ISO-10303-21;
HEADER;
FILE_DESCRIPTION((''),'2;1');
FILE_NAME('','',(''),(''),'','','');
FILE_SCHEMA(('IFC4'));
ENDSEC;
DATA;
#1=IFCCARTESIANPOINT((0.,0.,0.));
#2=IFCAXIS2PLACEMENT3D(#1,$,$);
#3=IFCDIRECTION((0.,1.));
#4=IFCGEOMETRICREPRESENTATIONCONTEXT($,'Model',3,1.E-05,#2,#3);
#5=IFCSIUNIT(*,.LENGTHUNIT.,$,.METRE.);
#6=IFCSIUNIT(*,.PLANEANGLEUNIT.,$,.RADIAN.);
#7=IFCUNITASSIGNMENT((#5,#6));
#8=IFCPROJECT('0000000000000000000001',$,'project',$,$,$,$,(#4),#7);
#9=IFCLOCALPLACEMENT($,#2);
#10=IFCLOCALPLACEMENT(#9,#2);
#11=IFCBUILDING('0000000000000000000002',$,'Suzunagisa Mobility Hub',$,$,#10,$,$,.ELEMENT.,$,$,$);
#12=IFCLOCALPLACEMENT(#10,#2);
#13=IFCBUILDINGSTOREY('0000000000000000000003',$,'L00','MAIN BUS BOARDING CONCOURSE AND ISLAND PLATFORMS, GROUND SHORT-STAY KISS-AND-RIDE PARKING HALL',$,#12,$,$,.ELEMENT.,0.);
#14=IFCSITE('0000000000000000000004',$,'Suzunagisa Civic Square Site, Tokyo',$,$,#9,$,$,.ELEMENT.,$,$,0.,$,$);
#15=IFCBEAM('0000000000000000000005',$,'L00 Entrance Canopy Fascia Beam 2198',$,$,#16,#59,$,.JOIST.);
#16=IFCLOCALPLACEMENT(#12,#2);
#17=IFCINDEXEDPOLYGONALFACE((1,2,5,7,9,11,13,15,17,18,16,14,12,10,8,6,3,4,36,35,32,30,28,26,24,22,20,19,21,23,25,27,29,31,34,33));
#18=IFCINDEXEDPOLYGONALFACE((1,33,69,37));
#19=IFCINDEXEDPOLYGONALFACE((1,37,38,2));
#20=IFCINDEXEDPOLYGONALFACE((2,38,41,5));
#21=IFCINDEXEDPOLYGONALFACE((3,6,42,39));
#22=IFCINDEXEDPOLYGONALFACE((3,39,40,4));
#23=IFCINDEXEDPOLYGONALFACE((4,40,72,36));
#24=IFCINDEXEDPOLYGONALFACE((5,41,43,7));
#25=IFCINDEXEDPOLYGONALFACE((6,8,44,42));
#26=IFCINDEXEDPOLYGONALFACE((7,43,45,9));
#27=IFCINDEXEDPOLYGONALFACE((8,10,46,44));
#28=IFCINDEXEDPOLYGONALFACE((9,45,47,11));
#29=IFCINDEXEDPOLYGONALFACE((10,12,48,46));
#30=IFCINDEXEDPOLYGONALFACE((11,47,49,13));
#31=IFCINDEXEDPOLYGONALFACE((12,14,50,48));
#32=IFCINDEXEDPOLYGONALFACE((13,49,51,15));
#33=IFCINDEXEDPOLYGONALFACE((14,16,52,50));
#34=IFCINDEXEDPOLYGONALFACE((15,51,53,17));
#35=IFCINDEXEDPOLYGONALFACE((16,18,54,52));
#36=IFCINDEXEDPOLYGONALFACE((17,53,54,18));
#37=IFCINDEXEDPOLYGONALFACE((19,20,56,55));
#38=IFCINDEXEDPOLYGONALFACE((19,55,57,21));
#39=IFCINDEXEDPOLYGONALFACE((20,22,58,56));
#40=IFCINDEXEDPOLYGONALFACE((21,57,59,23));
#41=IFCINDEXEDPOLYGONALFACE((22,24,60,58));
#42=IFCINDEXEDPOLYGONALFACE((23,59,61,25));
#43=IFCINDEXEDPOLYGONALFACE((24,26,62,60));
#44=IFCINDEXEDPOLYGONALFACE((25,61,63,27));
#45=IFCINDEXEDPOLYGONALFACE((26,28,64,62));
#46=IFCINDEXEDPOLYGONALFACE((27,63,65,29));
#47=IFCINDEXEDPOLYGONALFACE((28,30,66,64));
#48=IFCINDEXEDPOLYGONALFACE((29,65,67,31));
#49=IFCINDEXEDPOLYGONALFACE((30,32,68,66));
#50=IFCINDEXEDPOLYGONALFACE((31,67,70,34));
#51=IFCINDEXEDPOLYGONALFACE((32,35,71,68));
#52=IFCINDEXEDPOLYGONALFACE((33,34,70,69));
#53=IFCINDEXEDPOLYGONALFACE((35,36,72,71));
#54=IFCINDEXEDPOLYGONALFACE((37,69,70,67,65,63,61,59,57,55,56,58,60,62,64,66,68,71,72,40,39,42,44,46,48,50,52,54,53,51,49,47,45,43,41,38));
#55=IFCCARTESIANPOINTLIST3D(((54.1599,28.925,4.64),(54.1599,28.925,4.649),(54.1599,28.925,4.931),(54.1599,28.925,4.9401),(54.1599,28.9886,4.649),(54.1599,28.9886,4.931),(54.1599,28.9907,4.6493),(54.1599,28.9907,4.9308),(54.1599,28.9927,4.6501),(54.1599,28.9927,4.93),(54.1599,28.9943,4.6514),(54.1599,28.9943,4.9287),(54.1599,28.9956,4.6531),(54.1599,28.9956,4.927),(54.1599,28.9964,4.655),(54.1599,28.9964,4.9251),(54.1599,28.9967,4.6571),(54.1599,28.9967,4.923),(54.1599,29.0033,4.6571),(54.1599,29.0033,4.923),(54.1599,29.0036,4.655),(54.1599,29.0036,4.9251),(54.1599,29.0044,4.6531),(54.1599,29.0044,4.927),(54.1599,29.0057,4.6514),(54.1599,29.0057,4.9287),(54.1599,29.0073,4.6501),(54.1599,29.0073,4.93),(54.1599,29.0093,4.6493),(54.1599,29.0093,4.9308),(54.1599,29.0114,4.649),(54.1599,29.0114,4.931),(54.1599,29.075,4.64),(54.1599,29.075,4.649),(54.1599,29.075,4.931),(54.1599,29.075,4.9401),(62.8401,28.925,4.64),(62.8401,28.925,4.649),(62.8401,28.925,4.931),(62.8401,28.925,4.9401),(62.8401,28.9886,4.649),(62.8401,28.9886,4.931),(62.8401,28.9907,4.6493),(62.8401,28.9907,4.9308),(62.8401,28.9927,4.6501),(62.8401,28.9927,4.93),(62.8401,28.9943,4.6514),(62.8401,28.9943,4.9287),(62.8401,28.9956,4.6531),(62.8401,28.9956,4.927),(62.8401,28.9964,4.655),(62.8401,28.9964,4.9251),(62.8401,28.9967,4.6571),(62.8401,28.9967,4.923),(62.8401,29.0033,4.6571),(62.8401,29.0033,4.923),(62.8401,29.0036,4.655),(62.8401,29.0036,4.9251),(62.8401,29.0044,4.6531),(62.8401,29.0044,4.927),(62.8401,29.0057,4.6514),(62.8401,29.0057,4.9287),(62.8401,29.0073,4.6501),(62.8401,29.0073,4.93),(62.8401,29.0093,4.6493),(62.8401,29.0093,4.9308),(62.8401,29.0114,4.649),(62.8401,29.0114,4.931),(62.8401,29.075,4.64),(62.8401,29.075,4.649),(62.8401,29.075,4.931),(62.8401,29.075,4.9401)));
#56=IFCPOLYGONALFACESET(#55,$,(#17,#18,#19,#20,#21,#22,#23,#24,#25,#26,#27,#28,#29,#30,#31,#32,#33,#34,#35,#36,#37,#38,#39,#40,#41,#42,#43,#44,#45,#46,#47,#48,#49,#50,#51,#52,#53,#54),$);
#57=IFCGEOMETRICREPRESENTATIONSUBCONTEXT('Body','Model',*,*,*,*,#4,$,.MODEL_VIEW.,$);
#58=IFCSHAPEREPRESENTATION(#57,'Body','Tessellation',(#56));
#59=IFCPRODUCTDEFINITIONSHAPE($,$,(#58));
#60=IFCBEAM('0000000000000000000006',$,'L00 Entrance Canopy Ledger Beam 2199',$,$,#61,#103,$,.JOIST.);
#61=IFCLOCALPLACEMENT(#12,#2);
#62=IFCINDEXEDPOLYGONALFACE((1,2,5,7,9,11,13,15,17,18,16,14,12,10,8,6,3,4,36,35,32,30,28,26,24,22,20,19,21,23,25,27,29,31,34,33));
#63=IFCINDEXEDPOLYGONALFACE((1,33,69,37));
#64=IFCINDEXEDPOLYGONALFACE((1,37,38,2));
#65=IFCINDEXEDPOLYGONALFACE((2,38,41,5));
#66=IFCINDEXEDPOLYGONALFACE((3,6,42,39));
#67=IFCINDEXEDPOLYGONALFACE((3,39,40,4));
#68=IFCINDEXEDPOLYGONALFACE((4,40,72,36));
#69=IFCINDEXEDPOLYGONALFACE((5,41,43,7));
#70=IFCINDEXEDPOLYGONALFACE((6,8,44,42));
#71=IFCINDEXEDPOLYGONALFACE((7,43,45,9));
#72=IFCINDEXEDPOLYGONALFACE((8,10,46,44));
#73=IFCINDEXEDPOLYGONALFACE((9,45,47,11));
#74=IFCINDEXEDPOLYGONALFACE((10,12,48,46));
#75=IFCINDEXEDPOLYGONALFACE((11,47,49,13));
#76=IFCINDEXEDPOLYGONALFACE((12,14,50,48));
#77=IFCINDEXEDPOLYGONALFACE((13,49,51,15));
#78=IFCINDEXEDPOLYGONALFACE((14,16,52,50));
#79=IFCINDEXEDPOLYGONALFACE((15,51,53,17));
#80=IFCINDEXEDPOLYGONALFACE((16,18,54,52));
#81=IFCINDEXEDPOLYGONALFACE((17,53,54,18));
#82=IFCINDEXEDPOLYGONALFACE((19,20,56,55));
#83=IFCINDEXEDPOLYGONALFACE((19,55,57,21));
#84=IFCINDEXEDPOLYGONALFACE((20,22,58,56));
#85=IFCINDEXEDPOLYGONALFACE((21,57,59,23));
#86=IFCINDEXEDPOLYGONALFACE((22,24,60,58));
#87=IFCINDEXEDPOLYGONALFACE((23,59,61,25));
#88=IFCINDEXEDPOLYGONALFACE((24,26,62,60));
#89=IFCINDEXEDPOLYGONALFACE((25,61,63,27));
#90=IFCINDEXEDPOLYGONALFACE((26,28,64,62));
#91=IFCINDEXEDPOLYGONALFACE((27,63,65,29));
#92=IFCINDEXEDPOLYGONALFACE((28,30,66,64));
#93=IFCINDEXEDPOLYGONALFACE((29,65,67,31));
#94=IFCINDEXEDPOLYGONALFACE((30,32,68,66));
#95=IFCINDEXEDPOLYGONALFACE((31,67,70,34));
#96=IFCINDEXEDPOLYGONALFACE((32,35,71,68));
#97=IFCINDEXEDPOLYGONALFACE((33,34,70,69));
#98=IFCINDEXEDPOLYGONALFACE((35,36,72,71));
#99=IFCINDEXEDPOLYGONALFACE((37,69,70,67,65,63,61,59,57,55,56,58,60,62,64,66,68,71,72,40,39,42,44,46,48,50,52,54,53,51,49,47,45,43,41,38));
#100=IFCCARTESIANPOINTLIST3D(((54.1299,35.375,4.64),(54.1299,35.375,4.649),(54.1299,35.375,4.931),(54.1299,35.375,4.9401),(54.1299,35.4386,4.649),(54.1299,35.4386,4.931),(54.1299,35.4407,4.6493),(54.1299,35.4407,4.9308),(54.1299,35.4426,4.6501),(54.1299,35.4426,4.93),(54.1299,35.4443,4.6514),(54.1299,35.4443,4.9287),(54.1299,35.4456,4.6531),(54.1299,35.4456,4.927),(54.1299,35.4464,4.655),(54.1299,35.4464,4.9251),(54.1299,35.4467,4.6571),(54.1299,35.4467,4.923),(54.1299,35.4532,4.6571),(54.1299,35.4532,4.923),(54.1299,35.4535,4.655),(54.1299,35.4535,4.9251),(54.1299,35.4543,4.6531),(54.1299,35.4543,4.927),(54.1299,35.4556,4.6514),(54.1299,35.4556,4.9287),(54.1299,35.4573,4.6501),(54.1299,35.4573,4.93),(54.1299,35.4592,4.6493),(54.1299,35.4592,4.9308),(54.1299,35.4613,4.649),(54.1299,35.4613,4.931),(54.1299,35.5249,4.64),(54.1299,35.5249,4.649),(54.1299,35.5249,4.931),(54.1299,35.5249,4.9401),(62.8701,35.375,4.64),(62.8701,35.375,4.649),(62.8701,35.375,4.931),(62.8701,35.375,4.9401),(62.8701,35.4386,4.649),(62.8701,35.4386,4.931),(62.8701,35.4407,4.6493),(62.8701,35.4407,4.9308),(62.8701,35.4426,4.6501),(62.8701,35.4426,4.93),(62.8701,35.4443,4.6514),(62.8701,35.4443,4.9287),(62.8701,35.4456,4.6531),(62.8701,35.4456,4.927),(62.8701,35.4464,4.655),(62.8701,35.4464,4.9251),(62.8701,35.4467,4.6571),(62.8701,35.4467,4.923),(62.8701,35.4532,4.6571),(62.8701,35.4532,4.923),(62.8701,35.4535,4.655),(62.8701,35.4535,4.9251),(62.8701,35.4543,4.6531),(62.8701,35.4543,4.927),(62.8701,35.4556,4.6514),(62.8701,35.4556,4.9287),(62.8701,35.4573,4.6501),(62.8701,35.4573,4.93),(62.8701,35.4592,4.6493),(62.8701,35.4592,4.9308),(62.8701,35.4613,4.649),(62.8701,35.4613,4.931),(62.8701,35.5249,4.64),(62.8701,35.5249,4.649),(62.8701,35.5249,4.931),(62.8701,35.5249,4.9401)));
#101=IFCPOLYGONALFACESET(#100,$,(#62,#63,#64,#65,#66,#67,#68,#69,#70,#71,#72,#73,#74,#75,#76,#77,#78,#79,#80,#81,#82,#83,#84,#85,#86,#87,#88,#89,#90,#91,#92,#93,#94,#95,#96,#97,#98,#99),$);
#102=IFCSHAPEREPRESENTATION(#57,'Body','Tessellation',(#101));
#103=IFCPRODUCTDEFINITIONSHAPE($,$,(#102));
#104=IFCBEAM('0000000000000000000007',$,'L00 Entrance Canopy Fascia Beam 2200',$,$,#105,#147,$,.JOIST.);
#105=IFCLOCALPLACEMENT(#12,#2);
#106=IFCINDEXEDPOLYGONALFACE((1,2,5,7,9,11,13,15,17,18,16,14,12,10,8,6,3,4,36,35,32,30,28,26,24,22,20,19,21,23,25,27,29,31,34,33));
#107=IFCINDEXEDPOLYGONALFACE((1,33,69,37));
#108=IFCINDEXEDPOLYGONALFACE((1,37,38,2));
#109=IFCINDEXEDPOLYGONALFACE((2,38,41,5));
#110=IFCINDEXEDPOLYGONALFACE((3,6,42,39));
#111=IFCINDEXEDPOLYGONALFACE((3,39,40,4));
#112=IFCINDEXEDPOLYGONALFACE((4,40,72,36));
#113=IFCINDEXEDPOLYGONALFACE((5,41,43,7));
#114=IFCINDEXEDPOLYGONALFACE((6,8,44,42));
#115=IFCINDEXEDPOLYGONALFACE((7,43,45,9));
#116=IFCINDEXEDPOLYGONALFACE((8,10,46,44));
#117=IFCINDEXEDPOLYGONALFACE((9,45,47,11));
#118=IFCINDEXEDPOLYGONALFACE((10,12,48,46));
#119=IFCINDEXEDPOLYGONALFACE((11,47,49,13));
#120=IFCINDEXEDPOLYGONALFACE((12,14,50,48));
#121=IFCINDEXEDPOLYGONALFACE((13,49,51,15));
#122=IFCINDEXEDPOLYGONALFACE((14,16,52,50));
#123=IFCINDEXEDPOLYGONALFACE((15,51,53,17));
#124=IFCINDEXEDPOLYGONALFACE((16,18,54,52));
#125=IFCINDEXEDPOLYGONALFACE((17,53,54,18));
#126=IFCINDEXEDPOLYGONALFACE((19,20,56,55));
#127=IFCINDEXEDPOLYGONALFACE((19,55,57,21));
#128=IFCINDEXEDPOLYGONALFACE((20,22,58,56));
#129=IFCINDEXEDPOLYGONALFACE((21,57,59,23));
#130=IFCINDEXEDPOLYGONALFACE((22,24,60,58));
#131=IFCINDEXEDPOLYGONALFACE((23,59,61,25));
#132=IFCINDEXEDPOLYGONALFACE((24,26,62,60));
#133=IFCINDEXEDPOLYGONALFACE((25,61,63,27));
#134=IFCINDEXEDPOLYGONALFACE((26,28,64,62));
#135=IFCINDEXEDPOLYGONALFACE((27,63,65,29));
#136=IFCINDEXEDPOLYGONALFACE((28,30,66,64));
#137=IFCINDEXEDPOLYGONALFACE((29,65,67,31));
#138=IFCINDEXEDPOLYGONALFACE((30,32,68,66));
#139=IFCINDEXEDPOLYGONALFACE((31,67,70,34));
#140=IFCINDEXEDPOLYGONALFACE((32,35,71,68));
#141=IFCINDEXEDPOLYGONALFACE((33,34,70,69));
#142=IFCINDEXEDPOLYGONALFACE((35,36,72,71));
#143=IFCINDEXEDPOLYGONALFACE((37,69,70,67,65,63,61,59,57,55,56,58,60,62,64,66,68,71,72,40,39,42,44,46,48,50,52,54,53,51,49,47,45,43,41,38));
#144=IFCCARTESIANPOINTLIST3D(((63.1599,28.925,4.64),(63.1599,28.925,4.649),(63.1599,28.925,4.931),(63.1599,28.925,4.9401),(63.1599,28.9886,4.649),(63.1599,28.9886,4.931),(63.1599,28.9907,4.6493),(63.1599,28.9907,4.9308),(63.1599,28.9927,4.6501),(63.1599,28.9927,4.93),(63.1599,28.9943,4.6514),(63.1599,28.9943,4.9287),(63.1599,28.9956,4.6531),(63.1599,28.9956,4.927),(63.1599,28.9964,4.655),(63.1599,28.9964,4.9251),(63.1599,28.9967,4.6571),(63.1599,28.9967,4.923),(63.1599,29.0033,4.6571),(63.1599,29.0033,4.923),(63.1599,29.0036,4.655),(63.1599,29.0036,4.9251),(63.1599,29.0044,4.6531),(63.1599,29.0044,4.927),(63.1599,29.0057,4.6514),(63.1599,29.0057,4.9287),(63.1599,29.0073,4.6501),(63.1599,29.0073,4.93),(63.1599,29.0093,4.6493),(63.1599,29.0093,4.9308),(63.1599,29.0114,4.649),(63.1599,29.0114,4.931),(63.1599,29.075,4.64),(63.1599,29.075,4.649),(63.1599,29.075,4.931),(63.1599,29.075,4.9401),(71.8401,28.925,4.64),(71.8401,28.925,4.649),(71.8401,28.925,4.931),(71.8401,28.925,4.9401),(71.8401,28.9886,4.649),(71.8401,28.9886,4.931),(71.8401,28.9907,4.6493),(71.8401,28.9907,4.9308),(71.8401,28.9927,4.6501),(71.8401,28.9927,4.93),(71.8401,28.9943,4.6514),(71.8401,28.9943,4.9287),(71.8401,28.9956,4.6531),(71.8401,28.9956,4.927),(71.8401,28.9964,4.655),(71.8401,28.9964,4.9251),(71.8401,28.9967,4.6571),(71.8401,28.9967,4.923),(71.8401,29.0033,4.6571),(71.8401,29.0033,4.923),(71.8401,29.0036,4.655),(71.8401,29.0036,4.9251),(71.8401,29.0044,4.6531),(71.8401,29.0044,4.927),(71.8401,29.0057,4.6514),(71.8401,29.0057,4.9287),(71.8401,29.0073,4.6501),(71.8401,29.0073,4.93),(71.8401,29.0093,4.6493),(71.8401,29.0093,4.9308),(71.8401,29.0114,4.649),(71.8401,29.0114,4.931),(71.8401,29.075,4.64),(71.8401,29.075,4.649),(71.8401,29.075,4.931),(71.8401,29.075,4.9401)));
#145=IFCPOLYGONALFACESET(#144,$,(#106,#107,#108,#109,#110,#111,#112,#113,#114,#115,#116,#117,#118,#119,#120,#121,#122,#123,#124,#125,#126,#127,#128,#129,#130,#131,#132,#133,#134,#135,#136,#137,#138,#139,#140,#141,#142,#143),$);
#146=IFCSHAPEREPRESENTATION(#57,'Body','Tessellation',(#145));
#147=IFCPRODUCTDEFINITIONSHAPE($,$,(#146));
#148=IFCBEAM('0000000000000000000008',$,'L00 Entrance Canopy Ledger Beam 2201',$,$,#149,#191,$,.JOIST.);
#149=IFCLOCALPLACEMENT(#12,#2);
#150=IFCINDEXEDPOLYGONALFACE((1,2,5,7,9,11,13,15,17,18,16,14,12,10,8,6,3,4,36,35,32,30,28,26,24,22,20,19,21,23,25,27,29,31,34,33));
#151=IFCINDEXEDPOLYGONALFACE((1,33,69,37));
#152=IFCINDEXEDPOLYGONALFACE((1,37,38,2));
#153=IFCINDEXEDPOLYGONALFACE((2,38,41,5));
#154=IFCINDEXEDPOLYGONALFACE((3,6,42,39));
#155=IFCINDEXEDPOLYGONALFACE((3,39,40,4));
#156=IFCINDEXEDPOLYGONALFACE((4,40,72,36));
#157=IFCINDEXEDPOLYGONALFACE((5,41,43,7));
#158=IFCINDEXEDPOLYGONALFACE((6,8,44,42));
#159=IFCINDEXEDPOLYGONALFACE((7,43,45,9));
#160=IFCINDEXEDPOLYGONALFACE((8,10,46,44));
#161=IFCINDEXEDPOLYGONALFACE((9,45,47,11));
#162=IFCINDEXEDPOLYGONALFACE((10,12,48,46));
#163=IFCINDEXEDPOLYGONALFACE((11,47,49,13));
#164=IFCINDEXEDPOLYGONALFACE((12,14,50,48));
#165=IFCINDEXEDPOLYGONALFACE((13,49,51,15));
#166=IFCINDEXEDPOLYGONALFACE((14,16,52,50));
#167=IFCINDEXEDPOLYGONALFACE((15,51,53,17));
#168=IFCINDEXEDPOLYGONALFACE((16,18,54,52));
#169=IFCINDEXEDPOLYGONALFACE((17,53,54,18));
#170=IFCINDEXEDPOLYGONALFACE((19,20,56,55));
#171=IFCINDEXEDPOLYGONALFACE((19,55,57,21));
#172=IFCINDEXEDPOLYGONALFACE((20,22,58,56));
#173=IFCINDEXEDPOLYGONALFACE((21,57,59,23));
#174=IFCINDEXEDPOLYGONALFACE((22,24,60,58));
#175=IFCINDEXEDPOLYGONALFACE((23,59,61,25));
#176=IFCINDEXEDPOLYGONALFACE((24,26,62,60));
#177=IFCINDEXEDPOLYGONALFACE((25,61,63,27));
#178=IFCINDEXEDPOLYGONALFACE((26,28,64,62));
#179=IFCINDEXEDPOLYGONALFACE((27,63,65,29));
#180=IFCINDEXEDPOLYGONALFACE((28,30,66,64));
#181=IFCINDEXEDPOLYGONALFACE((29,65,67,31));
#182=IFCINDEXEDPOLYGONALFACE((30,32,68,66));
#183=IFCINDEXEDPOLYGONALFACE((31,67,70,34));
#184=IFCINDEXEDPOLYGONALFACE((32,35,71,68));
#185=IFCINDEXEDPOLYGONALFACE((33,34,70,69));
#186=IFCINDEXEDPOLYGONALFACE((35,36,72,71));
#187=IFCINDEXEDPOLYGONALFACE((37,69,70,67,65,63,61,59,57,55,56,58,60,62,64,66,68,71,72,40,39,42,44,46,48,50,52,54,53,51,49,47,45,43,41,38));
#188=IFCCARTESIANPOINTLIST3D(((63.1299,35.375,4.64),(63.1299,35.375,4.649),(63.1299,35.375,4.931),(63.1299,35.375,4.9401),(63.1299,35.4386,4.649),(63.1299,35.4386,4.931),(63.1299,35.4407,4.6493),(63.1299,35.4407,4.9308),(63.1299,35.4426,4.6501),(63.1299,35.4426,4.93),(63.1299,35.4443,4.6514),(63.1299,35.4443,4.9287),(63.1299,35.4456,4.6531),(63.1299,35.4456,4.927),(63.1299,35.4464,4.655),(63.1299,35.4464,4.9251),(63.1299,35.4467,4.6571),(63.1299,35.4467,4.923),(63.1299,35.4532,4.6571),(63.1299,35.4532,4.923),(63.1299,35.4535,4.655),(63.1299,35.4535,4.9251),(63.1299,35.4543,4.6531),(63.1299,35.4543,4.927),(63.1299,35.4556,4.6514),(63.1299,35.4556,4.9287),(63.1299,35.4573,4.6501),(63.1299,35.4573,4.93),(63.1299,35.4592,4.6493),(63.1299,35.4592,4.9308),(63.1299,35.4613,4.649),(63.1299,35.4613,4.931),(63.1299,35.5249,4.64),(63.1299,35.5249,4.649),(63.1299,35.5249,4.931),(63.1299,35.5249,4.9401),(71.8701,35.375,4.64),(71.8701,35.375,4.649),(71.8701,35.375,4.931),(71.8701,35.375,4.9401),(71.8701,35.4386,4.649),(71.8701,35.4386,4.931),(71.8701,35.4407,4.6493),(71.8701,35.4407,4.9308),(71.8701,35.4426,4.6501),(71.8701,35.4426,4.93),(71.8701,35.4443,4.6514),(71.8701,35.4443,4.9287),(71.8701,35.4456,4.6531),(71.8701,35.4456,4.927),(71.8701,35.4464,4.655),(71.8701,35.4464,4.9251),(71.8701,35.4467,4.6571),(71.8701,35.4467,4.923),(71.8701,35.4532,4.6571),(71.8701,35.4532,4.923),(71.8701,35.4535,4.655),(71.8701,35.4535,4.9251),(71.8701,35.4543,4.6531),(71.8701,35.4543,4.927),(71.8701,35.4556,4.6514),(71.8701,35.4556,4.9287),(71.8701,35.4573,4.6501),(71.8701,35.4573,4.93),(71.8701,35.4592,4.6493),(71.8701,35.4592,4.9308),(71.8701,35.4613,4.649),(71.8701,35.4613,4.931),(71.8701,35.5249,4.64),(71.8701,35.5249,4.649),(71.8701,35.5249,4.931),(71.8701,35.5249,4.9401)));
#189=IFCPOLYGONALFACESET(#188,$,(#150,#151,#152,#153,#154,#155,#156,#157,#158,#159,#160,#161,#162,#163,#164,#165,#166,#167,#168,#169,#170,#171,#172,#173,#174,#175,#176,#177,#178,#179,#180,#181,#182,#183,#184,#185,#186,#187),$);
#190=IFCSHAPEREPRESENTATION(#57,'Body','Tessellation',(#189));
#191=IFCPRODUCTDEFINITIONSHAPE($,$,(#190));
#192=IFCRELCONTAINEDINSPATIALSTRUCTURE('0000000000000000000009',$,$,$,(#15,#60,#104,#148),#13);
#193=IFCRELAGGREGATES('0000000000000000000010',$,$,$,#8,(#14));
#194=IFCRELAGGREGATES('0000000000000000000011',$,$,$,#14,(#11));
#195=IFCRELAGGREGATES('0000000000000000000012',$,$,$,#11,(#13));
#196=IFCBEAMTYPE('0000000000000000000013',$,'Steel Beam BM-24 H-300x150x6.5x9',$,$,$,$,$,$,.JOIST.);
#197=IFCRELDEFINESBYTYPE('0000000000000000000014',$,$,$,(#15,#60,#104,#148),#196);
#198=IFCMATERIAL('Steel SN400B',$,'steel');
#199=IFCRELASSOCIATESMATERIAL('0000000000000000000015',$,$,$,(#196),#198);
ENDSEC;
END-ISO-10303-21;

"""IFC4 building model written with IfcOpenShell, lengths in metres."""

from ifc_helpers import new_model, si_unit, direction, frame, origin, origin_2d, place, context, subcontext, project, spatial, i_section, extrude, material, material_profile, profile_set, type_object, element, save


model = new_model("IFC4")

# Units and contexts
model_context = context("Model", 3, precision=1e-05, world=origin(), true_north=direction((0.0, 1.0)))
body_context = subcontext(model_context, "Body", "Model", "MODEL_VIEW")
ifc_project = project(units=[si_unit("LENGTHUNIT", "METRE"), si_unit("PLANEANGLEUNIT", "RADIAN")], contexts=[model_context])

# Site, building, storey
site_placement = place(None, origin())
site = spatial("IfcSite", under=ifc_project, at=site_placement, Name="Suzunagisa Civic Square Site, Tokyo", CompositionType="ELEMENT", RefElevation=0.0)
building_placement = place(site_placement, origin())
building = spatial("IfcBuilding", under=site, at=building_placement, Name="Suzunagisa Mobility Hub", CompositionType="ELEMENT")
storey_placement = place(building_placement, origin())
storey = spatial("IfcBuildingStorey", under=building, at=storey_placement, Name="L00", Description="MAIN BUS BOARDING CONCOURSE AND ISLAND PLATFORMS, GROUND SHORT-STAY KISS-AND-RIDE PARKING HALL", CompositionType="ELEMENT", Elevation=0.0)

# Shared definitions
ifc_material_1 = material(Name="Steel SN400B", Category="steel")

# Beams
ifc_material_profile_1 = material_profile(ifc_material_1, i_section(OverallWidth=0.1499, OverallDepth=0.3, WebThickness=0.0066, FlangeThickness=0.009, FilletRadius=0.0081, at=origin_2d()), Name="H-300x150x6.5x9")
ifc_profile_set_1 = profile_set([ifc_material_profile_1], Name="Steel SN400B")
beam_type_1 = type_object("IfcBeamType", Name="Steel Beam BM-24 H-300x150x6.5x9", PredefinedType="JOIST", material=ifc_profile_set_1)
beam_1_placement = place(storey_placement, frame((54.1599, 29.0, 4.79), z_axis=(1.0, 0.0, 0.0), x_axis=(0.0, 1.0, 0.0)))
element("IfcBeam", 1, at=beam_1_placement, inside=storey, type_object=beam_type_1, Name="L00 Entrance Canopy Fascia Beam 2198", PredefinedType="JOIST", context=body_context, shape_type="SweptSolid", body=[
    extrude(i_section(OverallWidth=0.1499, OverallDepth=0.3, WebThickness=0.0066, FlangeThickness=0.009, FilletRadius=0.0081, at=origin_2d()), origin(), (0.0, 0.0, 1.0), 8.6802),
])
beam_2_placement = place(storey_placement, frame((54.1299, 35.45, 4.79), z_axis=(1.0, 0.0, 0.0), x_axis=(0.0, 1.0, 0.0)))
element("IfcBeam", 2, at=beam_2_placement, inside=storey, type_object=beam_type_1, Name="L00 Entrance Canopy Ledger Beam 2199", PredefinedType="JOIST", context=body_context, shape_type="SweptSolid", body=[
    extrude(i_section(OverallWidth=0.1499, OverallDepth=0.3, WebThickness=0.0066, FlangeThickness=0.009, FilletRadius=0.0081, at=origin_2d()), origin(), (0.0, 0.0, 1.0), 8.7402),
])
beam_3_placement = place(storey_placement, frame((63.1599, 29.0, 4.79), z_axis=(1.0, 0.0, 0.0), x_axis=(0.0, 1.0, 0.0)))
element("IfcBeam", 3, at=beam_3_placement, inside=storey, type_object=beam_type_1, Name="L00 Entrance Canopy Fascia Beam 2200", PredefinedType="JOIST", context=body_context, shape_type="SweptSolid", body=[
    extrude(i_section(OverallWidth=0.1499, OverallDepth=0.3, WebThickness=0.0066, FlangeThickness=0.009, FilletRadius=0.0081, at=origin_2d()), origin(), (0.0, 0.0, 1.0), 8.6802),
])
beam_4_placement = place(storey_placement, frame((63.1299, 35.45, 4.79), z_axis=(1.0, 0.0, 0.0), x_axis=(0.0, 1.0, 0.0)))
element("IfcBeam", 4, at=beam_4_placement, inside=storey, type_object=beam_type_1, Name="L00 Entrance Canopy Ledger Beam 2201", PredefinedType="JOIST", context=body_context, shape_type="SweptSolid", body=[
    extrude(i_section(OverallWidth=0.1499, OverallDepth=0.3, WebThickness=0.0066, FlangeThickness=0.009, FilletRadius=0.0081, at=origin_2d()), origin(), (0.0, 0.0, 1.0), 8.7402),
])

save(model, "model.ifc")
